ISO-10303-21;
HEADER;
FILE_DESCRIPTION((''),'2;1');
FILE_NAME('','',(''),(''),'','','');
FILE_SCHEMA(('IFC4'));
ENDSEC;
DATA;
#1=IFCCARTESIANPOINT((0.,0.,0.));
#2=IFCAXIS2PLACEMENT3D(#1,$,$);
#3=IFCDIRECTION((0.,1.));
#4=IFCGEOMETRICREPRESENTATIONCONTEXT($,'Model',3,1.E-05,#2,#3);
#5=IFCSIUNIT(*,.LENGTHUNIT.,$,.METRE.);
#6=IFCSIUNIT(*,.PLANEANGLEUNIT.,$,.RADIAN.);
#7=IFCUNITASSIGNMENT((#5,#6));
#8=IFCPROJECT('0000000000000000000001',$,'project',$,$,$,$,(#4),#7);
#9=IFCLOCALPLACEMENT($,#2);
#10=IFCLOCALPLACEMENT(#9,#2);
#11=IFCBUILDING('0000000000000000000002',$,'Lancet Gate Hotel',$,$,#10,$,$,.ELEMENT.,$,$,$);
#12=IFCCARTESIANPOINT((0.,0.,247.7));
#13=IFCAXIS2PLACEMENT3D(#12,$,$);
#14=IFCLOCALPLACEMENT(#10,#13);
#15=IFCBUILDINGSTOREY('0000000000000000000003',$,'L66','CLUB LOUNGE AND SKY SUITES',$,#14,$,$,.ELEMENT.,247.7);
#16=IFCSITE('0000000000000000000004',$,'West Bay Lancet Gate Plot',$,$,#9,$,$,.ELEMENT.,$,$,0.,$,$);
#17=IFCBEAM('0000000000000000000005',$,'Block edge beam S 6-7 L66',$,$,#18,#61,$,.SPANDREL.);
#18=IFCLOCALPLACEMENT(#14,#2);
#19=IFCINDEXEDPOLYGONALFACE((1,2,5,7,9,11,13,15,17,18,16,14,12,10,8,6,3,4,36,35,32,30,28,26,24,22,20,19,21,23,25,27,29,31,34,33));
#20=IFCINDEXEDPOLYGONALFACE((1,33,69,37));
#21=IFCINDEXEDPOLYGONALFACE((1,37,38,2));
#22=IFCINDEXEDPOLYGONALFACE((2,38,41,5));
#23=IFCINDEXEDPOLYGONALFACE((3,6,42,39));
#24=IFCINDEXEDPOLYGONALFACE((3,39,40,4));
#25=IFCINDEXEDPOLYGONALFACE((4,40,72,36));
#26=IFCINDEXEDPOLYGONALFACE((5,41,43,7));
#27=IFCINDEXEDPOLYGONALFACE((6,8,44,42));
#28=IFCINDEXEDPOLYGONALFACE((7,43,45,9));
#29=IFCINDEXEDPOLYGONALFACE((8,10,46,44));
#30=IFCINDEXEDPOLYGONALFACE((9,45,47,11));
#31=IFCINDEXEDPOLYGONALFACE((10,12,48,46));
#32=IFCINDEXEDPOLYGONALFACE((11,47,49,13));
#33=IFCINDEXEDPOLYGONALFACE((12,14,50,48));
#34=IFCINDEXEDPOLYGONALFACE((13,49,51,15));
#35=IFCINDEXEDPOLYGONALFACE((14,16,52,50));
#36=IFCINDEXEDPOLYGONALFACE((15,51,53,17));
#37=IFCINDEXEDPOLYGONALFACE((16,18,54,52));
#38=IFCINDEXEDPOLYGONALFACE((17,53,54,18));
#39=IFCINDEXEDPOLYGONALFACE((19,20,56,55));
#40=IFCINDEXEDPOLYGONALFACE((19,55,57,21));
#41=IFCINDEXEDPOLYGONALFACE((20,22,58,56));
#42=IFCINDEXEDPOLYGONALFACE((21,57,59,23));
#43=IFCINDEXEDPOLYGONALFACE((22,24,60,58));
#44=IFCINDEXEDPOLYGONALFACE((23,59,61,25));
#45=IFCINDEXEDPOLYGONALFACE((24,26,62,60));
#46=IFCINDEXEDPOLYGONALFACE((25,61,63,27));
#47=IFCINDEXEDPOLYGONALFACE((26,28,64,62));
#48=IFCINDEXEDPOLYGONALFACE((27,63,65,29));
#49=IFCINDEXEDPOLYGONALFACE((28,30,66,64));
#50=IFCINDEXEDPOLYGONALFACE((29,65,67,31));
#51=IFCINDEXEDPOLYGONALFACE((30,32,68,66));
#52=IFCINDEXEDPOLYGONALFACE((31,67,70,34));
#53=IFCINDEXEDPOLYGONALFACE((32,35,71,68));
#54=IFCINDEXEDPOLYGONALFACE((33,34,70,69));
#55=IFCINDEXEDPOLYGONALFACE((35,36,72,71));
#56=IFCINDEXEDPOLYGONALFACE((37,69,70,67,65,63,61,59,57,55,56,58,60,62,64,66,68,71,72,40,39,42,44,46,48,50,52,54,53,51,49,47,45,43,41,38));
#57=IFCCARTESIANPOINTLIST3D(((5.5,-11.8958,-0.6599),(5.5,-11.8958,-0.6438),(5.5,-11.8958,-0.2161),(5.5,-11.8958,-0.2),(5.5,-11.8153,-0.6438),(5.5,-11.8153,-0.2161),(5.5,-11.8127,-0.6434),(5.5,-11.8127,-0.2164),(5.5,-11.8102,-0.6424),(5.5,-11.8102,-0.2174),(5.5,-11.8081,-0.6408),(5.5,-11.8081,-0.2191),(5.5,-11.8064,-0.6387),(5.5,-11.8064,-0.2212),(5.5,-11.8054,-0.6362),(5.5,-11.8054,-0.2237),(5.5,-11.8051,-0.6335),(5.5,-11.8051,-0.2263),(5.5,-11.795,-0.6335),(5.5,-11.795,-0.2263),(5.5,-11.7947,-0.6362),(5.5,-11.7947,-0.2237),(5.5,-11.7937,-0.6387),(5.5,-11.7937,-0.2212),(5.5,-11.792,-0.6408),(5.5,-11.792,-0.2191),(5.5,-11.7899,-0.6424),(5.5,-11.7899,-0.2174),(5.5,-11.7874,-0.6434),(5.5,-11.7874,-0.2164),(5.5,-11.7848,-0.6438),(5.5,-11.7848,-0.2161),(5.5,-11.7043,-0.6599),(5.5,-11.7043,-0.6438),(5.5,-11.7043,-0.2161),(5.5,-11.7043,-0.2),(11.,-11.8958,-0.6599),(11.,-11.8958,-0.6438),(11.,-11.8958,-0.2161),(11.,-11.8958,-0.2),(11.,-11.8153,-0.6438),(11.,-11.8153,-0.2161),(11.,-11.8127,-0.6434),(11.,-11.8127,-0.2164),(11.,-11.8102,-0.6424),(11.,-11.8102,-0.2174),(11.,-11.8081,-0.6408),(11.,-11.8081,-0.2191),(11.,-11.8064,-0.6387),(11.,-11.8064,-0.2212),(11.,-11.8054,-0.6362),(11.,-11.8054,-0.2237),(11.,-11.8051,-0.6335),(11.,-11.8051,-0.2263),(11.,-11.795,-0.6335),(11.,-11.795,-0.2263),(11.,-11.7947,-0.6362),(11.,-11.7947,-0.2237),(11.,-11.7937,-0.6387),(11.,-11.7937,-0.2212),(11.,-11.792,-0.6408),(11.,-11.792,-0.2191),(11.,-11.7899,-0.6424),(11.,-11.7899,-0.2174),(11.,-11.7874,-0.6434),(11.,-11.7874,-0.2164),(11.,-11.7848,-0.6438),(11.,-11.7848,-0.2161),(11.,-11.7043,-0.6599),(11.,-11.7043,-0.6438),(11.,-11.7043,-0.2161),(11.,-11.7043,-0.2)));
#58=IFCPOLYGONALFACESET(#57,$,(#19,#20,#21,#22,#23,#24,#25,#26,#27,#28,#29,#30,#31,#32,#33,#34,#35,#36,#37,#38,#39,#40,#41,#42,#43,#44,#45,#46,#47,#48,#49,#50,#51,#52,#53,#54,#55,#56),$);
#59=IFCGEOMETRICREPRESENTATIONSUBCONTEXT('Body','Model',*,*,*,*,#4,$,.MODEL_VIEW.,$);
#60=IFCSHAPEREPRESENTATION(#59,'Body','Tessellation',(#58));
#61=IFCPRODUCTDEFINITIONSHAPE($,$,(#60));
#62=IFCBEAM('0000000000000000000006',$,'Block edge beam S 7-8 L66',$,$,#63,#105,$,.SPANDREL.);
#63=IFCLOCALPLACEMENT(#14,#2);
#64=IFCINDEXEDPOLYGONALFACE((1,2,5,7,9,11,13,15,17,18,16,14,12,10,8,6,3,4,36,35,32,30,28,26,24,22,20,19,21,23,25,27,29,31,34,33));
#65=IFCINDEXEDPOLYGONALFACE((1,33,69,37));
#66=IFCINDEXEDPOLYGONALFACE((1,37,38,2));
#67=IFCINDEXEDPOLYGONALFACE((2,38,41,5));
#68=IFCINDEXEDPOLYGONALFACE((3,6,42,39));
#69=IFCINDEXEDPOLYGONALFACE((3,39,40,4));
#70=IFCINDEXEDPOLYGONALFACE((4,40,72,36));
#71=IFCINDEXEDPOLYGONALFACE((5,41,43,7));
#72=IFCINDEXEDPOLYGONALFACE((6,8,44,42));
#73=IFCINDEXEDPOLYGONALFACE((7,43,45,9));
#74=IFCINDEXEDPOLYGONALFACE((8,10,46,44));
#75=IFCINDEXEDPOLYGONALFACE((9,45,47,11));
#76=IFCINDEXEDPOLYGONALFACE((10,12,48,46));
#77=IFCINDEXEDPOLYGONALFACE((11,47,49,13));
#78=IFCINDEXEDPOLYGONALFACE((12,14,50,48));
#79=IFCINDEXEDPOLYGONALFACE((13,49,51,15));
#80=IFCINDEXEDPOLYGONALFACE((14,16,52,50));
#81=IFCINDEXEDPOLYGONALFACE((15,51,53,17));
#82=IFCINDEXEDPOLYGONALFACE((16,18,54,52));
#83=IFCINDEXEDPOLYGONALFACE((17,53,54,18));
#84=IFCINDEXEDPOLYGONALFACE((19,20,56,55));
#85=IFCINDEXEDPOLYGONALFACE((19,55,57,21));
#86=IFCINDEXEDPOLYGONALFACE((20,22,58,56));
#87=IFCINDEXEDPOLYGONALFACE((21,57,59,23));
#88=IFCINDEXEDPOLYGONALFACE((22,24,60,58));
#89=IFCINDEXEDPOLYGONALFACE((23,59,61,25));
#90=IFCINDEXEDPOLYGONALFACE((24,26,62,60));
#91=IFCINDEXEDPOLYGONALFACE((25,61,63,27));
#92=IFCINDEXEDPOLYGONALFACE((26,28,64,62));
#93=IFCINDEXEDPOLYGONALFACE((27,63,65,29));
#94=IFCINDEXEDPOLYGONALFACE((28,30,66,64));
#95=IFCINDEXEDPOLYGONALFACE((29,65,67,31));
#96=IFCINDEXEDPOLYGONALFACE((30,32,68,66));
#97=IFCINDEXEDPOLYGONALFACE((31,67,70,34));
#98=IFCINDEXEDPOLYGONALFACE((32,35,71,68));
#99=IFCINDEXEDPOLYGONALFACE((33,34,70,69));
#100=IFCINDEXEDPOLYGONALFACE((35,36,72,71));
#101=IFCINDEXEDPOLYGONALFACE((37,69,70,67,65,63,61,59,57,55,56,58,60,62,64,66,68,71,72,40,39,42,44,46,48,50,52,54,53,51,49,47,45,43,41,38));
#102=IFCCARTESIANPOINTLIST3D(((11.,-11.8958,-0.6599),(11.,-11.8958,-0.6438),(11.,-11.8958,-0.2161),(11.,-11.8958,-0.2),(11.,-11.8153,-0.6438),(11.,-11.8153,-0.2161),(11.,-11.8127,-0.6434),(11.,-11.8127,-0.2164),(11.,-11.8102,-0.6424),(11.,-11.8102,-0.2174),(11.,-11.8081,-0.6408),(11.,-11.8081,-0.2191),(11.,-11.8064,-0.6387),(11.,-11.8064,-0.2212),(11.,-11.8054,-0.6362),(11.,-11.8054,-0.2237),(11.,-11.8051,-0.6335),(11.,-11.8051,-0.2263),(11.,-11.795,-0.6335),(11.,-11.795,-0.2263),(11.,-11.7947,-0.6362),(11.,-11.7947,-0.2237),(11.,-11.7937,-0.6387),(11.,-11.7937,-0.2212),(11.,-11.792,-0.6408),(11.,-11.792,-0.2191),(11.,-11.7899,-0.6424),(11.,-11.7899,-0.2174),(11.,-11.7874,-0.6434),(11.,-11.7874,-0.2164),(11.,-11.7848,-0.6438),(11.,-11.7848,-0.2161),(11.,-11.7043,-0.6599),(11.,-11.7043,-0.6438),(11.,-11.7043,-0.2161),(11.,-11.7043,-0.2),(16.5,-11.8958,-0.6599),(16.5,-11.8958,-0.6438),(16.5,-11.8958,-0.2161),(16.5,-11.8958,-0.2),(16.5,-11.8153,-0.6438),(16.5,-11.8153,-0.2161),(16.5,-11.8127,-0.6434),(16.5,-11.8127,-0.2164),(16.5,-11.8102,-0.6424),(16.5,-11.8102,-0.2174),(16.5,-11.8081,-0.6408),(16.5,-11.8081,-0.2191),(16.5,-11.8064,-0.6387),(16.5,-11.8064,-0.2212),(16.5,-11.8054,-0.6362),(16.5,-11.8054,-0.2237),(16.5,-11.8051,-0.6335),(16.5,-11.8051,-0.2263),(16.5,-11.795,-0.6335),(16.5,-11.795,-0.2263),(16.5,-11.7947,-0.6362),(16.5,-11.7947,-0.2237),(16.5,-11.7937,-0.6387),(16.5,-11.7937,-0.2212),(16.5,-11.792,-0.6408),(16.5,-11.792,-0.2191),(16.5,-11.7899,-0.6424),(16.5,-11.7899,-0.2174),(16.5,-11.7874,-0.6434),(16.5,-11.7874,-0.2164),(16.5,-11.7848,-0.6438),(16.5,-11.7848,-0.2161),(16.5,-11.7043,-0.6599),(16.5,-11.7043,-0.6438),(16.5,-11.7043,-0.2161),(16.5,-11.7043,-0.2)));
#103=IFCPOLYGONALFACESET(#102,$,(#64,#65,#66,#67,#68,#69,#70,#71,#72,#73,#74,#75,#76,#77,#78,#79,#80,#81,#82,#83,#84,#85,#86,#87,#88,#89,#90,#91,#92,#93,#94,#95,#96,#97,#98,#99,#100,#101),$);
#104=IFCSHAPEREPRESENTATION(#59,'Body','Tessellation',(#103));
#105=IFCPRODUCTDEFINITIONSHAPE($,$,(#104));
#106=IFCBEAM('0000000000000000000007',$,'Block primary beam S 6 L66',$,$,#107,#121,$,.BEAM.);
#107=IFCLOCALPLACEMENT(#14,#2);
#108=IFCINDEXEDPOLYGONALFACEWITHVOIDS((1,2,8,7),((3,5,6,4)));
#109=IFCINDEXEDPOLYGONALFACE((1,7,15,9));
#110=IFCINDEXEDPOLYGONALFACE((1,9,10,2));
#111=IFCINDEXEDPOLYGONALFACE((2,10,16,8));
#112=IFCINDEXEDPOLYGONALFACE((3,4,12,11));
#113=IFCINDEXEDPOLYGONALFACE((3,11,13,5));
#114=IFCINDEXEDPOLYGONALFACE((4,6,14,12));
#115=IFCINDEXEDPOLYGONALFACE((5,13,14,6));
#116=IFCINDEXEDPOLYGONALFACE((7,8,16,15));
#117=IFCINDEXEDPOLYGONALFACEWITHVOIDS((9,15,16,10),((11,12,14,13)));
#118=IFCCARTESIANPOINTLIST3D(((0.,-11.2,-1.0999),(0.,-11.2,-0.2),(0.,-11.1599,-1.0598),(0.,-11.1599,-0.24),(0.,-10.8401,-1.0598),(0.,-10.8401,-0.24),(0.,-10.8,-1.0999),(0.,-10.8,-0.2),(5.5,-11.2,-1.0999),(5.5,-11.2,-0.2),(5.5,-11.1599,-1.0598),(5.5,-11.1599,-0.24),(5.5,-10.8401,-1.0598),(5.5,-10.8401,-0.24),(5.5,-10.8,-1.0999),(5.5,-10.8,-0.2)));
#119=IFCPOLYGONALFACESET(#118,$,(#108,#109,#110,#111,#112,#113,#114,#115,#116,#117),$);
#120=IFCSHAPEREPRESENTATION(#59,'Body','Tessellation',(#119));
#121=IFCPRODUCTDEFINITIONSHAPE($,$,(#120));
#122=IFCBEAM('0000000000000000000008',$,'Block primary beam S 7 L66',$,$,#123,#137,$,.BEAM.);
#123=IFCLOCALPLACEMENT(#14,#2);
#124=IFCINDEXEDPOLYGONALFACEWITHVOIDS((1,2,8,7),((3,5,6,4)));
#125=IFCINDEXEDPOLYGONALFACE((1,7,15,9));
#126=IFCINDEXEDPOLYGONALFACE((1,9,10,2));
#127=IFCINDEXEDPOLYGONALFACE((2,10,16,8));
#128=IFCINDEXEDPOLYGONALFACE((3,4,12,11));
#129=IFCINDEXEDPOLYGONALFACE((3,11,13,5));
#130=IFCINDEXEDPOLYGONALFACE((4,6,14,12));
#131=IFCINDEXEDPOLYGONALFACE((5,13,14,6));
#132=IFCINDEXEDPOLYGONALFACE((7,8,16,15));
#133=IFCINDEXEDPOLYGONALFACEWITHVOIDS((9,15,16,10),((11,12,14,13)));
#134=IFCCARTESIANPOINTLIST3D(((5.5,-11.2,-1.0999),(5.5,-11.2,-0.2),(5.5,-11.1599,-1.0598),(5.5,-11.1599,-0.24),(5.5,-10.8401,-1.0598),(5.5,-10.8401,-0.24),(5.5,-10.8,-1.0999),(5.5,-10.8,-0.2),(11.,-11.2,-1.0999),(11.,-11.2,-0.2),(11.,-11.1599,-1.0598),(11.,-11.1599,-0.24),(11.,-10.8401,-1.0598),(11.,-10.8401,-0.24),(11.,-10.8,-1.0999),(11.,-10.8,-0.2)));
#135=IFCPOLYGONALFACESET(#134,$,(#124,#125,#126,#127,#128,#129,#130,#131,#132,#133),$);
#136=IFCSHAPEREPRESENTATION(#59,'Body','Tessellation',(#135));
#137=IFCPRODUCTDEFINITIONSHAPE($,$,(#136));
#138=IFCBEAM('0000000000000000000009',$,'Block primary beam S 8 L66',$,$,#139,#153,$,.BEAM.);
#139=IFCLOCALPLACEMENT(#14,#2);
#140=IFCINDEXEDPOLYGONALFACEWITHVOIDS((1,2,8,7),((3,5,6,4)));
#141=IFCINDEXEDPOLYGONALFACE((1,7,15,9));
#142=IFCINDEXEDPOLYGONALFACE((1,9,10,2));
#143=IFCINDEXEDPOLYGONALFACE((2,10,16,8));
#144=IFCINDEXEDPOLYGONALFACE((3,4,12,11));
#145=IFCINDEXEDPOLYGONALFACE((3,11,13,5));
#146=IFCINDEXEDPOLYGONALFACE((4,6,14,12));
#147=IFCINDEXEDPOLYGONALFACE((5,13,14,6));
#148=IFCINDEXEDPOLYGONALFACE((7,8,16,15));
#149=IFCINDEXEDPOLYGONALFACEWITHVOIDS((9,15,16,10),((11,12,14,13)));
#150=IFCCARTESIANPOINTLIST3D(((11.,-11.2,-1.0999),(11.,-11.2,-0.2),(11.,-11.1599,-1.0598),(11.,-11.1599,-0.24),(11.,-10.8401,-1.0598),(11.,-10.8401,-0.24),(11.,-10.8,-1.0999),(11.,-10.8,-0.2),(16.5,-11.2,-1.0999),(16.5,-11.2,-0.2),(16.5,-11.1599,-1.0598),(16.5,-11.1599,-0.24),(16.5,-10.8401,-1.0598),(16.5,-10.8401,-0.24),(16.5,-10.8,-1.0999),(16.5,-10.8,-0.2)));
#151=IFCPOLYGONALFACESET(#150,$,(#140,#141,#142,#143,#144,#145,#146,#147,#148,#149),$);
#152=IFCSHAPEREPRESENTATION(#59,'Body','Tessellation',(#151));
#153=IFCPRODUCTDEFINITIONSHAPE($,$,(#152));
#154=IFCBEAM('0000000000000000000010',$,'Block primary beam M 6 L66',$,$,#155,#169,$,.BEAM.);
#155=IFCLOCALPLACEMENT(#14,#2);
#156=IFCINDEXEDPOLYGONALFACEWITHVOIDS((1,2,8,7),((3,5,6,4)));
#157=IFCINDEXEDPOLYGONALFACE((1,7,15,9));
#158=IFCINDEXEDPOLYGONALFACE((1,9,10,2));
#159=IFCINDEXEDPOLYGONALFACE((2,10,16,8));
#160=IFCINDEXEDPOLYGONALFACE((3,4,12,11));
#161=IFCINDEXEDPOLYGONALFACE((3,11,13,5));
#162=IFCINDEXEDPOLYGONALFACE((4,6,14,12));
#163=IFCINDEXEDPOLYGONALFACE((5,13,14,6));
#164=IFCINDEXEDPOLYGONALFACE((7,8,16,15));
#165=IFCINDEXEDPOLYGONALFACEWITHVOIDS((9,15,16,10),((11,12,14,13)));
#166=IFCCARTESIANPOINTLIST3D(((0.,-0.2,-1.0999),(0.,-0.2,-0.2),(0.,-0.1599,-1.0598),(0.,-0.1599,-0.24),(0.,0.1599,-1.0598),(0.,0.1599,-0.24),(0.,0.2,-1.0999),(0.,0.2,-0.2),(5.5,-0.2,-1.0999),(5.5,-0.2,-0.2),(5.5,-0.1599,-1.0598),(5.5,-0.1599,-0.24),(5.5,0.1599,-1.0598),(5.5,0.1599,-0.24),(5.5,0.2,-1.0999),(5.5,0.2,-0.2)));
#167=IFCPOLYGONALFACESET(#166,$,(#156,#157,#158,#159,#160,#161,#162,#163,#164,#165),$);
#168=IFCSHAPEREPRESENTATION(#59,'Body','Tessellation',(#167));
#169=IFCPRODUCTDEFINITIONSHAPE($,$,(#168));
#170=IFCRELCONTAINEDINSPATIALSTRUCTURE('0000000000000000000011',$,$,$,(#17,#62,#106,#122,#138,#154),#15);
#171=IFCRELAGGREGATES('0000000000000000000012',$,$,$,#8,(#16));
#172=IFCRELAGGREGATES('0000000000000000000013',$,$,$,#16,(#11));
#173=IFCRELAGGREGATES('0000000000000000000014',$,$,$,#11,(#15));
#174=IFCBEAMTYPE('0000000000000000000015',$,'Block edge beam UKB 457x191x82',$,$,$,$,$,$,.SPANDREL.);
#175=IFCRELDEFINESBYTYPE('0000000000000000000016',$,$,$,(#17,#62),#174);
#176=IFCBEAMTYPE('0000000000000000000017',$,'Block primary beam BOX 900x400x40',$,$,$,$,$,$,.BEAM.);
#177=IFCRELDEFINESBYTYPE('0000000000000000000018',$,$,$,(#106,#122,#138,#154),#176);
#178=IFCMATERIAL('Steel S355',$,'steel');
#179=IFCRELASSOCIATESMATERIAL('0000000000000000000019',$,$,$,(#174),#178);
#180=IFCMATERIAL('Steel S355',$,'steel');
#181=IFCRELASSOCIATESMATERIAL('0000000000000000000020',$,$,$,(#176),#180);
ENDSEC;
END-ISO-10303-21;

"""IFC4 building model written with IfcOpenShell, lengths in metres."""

from ifc_helpers import new_model, si_unit, direction, frame, origin, origin_2d, place, context, subcontext, project, spatial, hollow_rectangle, i_section, extrude, material, material_profile, profile_set, type_object, element, save


model = new_model("IFC4")

# Units and contexts
model_context = context("Model", 3, precision=1e-05, world=origin(), true_north=direction((0.0, 1.0)))
body_context = subcontext(model_context, "Body", "Model", "MODEL_VIEW")
ifc_project = project(units=[si_unit("LENGTHUNIT", "METRE"), si_unit("PLANEANGLEUNIT", "RADIAN")], contexts=[model_context])

# Site, building, storey
site_placement = place(None, origin())
site = spatial("IfcSite", under=ifc_project, at=site_placement, Name="West Bay Lancet Gate Plot", CompositionType="ELEMENT", RefElevation=0.0)
building_placement = place(site_placement, origin())
building = spatial("IfcBuilding", under=site, at=building_placement, Name="Lancet Gate Hotel", CompositionType="ELEMENT")
storey_placement = place(building_placement, frame((0.0, 0.0, 247.7)))
storey = spatial("IfcBuildingStorey", under=building, at=storey_placement, Name="L66", Description="CLUB LOUNGE AND SKY SUITES", CompositionType="ELEMENT", Elevation=247.7)

# Beams
ifc_material_1 = material(Name="Steel S355", Category="steel")
ifc_material_profile_1 = material_profile(ifc_material_1, i_section(OverallWidth=0.1914, OverallDepth=0.46, WebThickness=0.01, FlangeThickness=0.0161, FilletRadius=0.0103, at=origin_2d()), Name="UKB 457x191x82")
ifc_profile_set_1 = profile_set([ifc_material_profile_1], Name="Steel S355")
beam_type_1 = type_object("IfcBeamType", Name="Block edge beam UKB 457x191x82", PredefinedType="SPANDREL", material=ifc_profile_set_1)
for number, where, z_axis, x_axis, name in (
    (1, (5.5, -11.8, -0.4299), (1.0, 0.0, 0.0), (0.0, 1.0, 0.0), "Block edge beam S 6-7 L66"),
    (2, (11.0, -11.8, -0.4299), (1.0, 0.0, 0.0), (0.0, 1.0, 0.0), "Block edge beam S 7-8 L66"),
):
    element("IfcBeam", number, at=place(storey_placement, frame(where, z_axis=z_axis, x_axis=x_axis)), inside=storey, type_object=beam_type_1, Name=name, PredefinedType="SPANDREL", context=body_context, shape_type="SweptSolid", body=[
        extrude(i_section(OverallWidth=0.1914, OverallDepth=0.46, WebThickness=0.01, FlangeThickness=0.0161, FilletRadius=0.0103, at=origin_2d()), origin(), (0.0, 0.0, 1.0), 5.5),
    ])
ifc_material_2 = material(Name="Steel S355", Category="steel")
ifc_material_profile_2 = material_profile(ifc_material_2, hollow_rectangle(XDim=0.3999, YDim=0.8999, WallThickness=0.04, at=origin_2d()), Name="BOX 900x400x40")
ifc_profile_set_2 = profile_set([ifc_material_profile_2], Name="Steel S355")
beam_type_2 = type_object("IfcBeamType", Name="Block primary beam BOX 900x400x40", PredefinedType="BEAM", material=ifc_profile_set_2)
for number, where, z_axis, x_axis, name in (
    (3, (0.0, -11.0, -0.6499), (1.0, 0.0, 0.0), (0.0, 1.0, 0.0), "Block primary beam S 6 L66"),
    (4, (5.5, -11.0, -0.6499), (1.0, 0.0, 0.0), (0.0, 1.0, 0.0), "Block primary beam S 7 L66"),
    (5, (11.0, -11.0, -0.6499), (1.0, 0.0, 0.0), (0.0, 1.0, 0.0), "Block primary beam S 8 L66"),
    (6, (0.0, 0.0, -0.6499), (1.0, 0.0, 0.0), (0.0, 1.0, 0.0), "Block primary beam M 6 L66"),
):
    element("IfcBeam", number, at=place(storey_placement, frame(where, z_axis=z_axis, x_axis=x_axis)), inside=storey, type_object=beam_type_2, Name=name, PredefinedType="BEAM", context=body_context, shape_type="SweptSolid", body=[
        extrude(hollow_rectangle(XDim=0.3999, YDim=0.8999, WallThickness=0.04, at=origin_2d()), origin(), (0.0, 0.0, 1.0), 5.5),
    ])

save(model, "model.ifc")
